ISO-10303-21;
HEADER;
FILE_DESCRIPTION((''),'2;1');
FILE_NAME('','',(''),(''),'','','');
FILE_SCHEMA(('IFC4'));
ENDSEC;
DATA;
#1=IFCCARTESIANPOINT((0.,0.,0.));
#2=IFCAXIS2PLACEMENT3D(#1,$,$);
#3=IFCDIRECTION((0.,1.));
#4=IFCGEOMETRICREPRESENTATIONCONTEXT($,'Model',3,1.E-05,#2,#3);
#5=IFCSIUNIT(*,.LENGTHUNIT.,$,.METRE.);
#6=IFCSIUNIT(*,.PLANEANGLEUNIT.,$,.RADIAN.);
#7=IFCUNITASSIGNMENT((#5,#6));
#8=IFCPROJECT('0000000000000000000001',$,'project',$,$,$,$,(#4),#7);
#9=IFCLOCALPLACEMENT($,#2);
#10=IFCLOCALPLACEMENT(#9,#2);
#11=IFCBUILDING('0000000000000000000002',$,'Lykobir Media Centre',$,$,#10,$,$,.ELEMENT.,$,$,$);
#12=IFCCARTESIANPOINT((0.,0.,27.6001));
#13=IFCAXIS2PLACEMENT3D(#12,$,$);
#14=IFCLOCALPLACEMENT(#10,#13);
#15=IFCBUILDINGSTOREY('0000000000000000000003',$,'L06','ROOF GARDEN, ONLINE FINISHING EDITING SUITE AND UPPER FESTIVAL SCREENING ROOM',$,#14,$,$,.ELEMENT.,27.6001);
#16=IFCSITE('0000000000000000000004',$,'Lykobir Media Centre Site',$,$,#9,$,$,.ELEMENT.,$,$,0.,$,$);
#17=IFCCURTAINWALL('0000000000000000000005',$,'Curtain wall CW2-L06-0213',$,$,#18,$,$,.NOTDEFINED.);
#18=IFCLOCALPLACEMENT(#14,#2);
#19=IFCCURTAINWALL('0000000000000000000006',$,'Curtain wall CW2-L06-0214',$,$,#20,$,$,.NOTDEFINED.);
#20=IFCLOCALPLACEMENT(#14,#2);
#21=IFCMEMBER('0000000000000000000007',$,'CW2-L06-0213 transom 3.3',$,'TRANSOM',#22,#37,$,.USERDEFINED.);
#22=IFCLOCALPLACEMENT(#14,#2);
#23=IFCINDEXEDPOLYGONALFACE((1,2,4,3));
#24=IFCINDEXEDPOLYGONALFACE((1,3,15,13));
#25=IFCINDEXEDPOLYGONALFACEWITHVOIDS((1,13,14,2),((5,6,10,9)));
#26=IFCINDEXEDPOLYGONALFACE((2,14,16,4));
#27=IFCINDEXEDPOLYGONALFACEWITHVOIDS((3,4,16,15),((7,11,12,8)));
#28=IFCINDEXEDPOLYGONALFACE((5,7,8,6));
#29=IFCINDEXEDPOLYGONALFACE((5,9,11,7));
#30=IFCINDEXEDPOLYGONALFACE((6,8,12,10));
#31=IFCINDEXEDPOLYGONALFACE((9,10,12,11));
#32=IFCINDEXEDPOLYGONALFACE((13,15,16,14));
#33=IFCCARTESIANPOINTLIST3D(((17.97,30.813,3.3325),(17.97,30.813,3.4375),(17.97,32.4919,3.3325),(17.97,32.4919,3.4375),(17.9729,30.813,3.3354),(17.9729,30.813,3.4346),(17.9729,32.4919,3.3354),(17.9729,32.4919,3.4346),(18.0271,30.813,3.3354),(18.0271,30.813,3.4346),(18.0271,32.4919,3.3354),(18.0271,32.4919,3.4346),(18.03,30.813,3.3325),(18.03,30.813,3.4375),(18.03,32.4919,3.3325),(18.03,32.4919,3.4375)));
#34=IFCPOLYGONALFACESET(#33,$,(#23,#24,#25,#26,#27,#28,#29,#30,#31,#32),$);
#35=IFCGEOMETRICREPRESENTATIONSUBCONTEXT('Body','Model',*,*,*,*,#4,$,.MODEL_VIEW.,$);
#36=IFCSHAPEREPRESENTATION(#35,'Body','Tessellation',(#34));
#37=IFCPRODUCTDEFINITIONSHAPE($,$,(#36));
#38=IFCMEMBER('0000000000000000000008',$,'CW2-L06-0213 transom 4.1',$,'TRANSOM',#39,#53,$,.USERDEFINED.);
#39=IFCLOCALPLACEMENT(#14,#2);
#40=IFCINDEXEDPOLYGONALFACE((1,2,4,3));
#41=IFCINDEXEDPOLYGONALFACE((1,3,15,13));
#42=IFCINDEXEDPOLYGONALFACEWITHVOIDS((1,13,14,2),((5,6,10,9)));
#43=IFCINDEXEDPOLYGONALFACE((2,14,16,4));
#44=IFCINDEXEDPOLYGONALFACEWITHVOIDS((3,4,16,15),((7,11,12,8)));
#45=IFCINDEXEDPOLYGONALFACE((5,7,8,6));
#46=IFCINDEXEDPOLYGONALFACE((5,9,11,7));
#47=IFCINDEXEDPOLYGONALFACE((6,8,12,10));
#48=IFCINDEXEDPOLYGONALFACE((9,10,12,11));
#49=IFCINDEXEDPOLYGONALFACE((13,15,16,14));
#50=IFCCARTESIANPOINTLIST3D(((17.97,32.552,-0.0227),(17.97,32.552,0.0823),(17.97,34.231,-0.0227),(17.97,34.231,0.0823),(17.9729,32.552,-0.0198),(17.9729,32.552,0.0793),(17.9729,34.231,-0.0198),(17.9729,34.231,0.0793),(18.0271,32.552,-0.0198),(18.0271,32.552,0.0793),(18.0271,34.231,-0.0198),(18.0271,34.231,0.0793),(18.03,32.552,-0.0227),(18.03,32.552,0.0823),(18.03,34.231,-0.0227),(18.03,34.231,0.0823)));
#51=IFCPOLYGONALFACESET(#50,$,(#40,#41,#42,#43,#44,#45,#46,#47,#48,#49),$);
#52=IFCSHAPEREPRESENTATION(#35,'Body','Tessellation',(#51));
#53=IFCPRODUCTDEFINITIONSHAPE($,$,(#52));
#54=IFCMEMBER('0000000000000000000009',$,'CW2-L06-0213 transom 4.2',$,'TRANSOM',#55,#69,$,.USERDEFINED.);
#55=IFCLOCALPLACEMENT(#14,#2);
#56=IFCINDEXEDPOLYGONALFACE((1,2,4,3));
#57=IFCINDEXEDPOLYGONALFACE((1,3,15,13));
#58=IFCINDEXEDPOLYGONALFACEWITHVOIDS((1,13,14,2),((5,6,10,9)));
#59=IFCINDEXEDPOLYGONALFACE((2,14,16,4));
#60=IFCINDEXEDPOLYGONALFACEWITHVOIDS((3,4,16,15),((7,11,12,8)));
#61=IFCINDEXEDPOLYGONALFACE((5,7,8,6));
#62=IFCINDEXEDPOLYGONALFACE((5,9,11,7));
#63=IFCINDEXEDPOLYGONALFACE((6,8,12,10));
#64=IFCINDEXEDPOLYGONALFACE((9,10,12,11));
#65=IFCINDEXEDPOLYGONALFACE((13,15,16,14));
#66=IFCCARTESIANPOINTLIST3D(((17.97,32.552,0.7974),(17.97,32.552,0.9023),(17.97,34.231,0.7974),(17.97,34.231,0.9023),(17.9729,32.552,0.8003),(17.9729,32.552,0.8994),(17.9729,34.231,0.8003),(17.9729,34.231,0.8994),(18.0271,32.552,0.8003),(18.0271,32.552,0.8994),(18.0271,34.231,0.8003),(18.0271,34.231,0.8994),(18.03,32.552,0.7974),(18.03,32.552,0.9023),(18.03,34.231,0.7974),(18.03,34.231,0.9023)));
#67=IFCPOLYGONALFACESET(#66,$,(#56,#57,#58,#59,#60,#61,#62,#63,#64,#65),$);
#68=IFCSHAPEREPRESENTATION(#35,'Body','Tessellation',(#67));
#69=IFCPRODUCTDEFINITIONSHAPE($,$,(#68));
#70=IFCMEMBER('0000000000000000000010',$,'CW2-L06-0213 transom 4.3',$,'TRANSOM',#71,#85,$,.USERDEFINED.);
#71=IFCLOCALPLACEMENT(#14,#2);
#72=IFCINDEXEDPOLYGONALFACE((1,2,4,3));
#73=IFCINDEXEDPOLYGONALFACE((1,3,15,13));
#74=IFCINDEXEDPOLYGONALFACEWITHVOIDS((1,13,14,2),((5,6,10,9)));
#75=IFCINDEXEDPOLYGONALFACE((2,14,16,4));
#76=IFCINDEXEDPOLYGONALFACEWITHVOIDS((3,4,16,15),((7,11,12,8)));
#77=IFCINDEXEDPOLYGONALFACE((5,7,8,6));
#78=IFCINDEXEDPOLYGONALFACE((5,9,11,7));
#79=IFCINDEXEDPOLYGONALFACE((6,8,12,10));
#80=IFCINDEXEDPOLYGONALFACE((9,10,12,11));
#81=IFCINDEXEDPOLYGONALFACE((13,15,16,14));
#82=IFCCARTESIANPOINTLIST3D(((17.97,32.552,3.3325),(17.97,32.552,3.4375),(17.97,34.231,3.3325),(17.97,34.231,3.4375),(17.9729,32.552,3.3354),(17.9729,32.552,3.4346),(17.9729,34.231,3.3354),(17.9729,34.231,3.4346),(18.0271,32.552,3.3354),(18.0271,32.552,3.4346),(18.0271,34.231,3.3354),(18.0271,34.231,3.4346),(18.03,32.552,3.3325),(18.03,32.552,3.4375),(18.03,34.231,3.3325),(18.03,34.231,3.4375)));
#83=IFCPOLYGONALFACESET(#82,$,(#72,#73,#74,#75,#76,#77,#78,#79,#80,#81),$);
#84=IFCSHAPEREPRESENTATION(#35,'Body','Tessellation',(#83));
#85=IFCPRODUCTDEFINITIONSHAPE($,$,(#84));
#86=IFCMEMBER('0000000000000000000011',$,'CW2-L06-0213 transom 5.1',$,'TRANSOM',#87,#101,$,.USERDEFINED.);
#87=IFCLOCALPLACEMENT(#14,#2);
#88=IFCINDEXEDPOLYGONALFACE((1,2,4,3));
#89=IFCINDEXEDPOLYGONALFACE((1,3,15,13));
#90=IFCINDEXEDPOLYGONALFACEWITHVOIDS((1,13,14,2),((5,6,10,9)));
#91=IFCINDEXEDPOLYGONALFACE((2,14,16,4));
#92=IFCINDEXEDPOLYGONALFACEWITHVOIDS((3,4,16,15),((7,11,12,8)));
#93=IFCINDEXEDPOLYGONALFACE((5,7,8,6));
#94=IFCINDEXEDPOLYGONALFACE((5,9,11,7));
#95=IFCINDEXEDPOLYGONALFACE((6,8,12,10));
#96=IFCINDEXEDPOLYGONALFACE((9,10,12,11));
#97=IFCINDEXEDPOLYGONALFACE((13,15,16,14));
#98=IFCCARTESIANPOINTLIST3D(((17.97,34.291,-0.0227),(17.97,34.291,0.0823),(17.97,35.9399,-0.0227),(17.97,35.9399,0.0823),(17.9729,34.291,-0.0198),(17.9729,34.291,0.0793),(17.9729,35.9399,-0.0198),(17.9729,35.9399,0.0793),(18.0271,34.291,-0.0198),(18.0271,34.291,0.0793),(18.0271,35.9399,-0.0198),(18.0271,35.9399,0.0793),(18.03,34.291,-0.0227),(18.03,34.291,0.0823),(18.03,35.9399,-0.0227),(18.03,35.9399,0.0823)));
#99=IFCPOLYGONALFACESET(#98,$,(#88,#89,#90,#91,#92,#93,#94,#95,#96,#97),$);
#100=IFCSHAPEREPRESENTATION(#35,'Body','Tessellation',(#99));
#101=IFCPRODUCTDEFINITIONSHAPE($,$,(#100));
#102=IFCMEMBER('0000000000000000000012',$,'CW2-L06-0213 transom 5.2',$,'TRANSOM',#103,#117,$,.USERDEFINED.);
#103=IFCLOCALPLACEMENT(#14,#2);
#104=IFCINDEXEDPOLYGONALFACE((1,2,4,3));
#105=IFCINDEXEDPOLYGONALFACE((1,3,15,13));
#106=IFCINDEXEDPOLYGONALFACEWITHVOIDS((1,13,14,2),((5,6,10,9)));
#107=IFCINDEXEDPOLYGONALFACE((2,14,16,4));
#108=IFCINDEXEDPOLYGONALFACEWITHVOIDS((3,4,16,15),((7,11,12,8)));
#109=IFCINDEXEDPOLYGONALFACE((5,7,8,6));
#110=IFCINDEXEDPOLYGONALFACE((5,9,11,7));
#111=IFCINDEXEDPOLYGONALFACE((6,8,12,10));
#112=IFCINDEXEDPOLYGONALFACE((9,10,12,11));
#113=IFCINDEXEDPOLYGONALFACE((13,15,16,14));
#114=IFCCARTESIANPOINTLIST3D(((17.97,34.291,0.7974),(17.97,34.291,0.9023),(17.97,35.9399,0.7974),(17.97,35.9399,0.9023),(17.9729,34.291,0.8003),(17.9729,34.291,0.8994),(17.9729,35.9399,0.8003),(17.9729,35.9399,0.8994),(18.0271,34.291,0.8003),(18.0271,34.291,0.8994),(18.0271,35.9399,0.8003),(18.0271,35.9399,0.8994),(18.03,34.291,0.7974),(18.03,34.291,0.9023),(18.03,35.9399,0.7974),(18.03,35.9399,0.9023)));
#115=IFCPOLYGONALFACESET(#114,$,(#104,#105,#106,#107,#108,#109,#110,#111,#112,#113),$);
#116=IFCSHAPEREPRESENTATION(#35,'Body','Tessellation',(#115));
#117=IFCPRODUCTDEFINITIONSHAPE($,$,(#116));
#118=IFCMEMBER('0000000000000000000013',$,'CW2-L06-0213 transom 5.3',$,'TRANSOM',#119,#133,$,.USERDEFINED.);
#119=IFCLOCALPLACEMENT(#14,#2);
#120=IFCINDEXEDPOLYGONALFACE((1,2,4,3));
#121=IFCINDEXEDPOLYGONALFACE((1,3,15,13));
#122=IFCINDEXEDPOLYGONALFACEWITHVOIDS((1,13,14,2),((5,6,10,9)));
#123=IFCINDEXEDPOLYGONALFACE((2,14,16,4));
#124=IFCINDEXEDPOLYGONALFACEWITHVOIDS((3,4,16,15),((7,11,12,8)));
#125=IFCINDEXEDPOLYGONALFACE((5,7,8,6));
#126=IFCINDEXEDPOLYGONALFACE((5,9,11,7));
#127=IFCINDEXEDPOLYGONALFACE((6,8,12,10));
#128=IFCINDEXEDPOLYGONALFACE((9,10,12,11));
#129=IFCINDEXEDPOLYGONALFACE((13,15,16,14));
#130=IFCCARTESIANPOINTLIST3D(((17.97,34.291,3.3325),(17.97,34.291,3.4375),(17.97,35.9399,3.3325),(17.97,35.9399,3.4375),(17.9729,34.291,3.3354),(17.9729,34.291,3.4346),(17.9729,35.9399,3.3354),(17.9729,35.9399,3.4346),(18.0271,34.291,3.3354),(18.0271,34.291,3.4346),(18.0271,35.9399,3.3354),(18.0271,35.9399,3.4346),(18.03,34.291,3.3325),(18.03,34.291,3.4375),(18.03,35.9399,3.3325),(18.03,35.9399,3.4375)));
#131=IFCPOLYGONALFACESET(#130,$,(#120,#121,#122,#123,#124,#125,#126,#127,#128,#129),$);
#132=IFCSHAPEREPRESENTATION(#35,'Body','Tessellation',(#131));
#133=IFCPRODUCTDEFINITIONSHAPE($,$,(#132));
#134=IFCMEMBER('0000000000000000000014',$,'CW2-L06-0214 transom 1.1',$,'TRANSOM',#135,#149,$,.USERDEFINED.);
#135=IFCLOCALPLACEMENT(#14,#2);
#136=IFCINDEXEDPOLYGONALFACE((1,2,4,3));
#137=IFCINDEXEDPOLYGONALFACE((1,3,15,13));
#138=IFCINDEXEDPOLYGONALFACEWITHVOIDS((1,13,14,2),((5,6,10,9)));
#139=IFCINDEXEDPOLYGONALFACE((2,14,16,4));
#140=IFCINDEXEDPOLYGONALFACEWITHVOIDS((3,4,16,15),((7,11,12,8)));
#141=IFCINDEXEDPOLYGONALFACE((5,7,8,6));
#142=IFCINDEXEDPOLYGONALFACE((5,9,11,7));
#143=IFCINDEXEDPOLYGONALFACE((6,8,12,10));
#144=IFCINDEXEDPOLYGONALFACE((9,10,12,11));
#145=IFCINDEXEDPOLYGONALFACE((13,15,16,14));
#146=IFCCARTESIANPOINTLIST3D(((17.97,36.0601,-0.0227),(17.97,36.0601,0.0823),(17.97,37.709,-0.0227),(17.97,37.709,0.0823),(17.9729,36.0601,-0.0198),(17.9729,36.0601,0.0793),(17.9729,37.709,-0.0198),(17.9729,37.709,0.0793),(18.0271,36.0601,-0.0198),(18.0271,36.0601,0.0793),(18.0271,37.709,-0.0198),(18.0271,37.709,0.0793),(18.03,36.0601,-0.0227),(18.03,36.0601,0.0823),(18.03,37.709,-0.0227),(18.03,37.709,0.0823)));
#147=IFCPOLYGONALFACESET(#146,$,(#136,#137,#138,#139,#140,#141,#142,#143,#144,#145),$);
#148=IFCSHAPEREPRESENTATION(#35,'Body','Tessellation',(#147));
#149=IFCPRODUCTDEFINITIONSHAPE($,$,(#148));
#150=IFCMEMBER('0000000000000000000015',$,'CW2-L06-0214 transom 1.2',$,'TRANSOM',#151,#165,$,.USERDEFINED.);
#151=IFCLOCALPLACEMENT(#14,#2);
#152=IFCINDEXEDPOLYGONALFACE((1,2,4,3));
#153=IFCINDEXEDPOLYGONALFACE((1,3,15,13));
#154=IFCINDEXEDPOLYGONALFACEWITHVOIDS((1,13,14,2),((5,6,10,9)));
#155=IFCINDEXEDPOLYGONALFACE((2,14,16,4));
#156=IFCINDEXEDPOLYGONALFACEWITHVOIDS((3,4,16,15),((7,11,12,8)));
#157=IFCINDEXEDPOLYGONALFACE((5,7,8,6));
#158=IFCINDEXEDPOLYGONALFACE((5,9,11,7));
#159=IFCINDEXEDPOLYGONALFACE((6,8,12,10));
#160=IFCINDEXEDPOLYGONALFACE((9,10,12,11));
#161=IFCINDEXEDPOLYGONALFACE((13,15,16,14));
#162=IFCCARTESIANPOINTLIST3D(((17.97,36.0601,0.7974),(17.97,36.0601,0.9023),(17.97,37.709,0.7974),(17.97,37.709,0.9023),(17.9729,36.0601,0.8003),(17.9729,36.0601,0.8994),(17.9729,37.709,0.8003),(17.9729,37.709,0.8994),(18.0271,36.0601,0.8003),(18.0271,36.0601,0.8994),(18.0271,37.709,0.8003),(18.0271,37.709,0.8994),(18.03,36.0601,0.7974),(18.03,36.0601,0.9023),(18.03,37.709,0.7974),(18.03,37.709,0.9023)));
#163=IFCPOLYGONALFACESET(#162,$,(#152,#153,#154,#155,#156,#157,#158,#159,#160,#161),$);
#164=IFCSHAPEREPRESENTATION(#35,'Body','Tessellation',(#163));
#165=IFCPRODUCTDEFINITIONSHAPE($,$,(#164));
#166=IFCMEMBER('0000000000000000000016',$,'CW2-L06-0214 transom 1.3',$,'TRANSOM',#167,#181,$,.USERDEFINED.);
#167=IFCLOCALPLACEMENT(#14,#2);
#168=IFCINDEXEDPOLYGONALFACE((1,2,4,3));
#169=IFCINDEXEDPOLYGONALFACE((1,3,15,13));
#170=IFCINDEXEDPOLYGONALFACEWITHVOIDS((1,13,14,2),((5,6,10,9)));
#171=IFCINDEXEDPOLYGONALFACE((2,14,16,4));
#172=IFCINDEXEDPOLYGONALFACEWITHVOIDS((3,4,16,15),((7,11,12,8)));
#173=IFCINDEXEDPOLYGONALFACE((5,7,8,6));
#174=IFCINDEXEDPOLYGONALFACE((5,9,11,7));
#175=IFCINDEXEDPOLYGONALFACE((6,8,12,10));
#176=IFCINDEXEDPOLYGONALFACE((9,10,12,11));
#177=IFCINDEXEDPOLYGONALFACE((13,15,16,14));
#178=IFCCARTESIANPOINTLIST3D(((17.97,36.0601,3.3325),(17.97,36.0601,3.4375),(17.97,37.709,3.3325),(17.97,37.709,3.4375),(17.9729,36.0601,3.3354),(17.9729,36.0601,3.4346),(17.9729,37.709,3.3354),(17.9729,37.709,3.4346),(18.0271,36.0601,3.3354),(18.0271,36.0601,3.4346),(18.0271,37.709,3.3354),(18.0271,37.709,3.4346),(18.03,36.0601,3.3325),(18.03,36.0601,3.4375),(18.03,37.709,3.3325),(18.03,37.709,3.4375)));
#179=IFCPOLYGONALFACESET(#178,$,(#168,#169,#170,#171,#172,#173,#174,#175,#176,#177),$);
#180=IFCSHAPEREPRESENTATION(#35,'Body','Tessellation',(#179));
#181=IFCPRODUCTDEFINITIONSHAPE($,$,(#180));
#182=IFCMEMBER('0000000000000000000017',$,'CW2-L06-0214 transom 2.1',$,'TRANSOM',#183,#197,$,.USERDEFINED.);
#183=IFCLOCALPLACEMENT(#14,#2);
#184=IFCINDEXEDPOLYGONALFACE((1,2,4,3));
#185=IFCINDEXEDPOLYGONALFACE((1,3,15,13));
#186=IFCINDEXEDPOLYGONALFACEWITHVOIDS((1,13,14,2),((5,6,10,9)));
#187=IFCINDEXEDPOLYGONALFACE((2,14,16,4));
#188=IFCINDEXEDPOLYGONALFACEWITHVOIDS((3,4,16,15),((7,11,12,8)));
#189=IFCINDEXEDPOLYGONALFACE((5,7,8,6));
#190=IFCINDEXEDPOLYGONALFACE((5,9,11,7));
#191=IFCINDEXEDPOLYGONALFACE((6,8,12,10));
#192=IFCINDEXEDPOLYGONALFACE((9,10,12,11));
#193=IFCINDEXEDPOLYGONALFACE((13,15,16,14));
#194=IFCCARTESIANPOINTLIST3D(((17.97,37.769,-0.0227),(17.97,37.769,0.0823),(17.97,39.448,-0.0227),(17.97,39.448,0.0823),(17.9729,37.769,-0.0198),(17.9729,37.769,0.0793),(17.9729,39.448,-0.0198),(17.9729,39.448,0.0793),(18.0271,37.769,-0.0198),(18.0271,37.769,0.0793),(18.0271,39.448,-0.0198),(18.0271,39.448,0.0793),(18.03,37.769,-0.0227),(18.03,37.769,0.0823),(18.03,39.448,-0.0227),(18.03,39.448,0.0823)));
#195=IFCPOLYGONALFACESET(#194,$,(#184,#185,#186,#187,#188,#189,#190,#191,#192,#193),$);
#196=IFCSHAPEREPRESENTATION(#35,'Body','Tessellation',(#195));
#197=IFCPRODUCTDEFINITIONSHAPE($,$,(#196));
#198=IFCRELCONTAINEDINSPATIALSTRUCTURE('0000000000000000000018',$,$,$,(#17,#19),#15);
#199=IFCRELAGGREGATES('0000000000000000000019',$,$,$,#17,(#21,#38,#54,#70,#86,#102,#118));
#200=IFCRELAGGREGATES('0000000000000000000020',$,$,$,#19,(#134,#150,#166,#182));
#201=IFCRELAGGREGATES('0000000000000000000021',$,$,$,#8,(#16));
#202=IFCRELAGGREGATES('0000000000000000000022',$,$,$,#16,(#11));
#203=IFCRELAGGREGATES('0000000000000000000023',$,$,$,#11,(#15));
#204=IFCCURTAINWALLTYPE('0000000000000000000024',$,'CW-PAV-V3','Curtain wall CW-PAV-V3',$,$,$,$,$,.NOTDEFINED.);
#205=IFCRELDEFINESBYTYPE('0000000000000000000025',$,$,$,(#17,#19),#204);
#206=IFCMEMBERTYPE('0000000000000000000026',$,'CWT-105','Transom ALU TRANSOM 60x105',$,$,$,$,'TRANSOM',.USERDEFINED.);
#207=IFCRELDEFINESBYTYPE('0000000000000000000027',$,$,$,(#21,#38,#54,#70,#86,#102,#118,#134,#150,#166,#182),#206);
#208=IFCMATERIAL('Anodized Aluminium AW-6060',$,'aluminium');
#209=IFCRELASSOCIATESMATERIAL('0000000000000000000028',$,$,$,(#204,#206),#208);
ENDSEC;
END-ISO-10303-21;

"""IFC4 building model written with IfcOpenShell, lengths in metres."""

from ifc_helpers import new_model, si_unit, direction, frame, origin, origin_2d, place, context, subcontext, project, spatial, hollow_rectangle, extrude, material, material_profile, profile_set, type_object, element, aggregate, save


model = new_model("IFC4")

# Units and contexts
model_context = context("Model", 3, precision=1e-05, world=origin(), true_north=direction((0.0, 1.0)))
body_context = subcontext(model_context, "Body", "Model", "MODEL_VIEW")
ifc_project = project(units=[si_unit("LENGTHUNIT", "METRE"), si_unit("PLANEANGLEUNIT", "RADIAN")], contexts=[model_context])

# Site, building, storey
site_placement = place(None, origin())
site = spatial("IfcSite", under=ifc_project, at=site_placement, Name="Lykobir Media Centre Site", CompositionType="ELEMENT", RefElevation=0.0)
building_placement = place(site_placement, origin())
building = spatial("IfcBuilding", under=site, at=building_placement, Name="Lykobir Media Centre", CompositionType="ELEMENT")
storey_placement = place(building_placement, frame((0.0, 0.0, 27.6001)))
storey = spatial("IfcBuildingStorey", under=building, at=storey_placement, Name="L06", Description="ROOF GARDEN, ONLINE FINISHING EDITING SUITE AND UPPER FESTIVAL SCREENING ROOM", CompositionType="ELEMENT", Elevation=27.6001)

# Curtain walls
ifc_material_1 = material(Name="Anodized Aluminium AW-6060", Category="aluminium")
curtain_wall_type = type_object("IfcCurtainWallType", Name="CW-PAV-V3", Description="Curtain wall CW-PAV-V3", PredefinedType="NOTDEFINED", material=ifc_material_1)
curtain_wall_1_placement = place(storey_placement, origin())
curtain_wall_1 = element("IfcCurtainWall", 1, at=curtain_wall_1_placement, inside=storey, type_object=curtain_wall_type, Name="Curtain wall CW2-L06-0213", PredefinedType="NOTDEFINED")
curtain_wall_2_placement = place(storey_placement, origin())
curtain_wall_2 = element("IfcCurtainWall", 2, at=curtain_wall_2_placement, inside=storey, type_object=curtain_wall_type, Name="Curtain wall CW2-L06-0214", PredefinedType="NOTDEFINED")

# Members
ifc_material_profile_1 = material_profile(ifc_material_1, hollow_rectangle(XDim=0.0601, YDim=0.105, WallThickness=0.0029, at=origin_2d()), Name="ALU TRANSOM 60x105")
ifc_profile_set_1 = profile_set([ifc_material_profile_1], Name="Anodized Aluminium AW-6060")
member_type_1 = type_object("IfcMemberType", Name="CWT-105", Description="Transom ALU TRANSOM 60x105", ElementType="TRANSOM", PredefinedType="USERDEFINED", material=ifc_profile_set_1)
member_1_placement = place(storey_placement, frame((18.0, 30.813, 3.385), z_axis=(0.0, 1.0, 0.0), x_axis=(-1.0, 0.0, 0.0)))
member_1 = element("IfcMember", 3, at=member_1_placement, type_object=member_type_1, Name="CW2-L06-0213 transom 3.3", ObjectType="TRANSOM", PredefinedType="USERDEFINED", context=body_context, shape_type="SweptSolid", body=[
    extrude(hollow_rectangle(XDim=0.0601, YDim=0.105, WallThickness=0.0029, at=origin_2d()), origin(), (0.0, 0.0, 1.0), 1.679),
])
member_2_placement = place(storey_placement, frame((18.0, 32.552, 0.0298), z_axis=(0.0, 1.0, 0.0), x_axis=(-1.0, 0.0, 0.0)))
member_2 = element("IfcMember", 4, at=member_2_placement, type_object=member_type_1, Name="CW2-L06-0213 transom 4.1", ObjectType="TRANSOM", PredefinedType="USERDEFINED", context=body_context, shape_type="SweptSolid", body=[
    extrude(hollow_rectangle(XDim=0.0601, YDim=0.105, WallThickness=0.0029, at=origin_2d()), origin(), (0.0, 0.0, 1.0), 1.679),
])
member_3_placement = place(storey_placement, frame((18.0, 32.552, 0.8499), z_axis=(0.0, 1.0, 0.0), x_axis=(-1.0, 0.0, 0.0)))
member_3 = element("IfcMember", 5, at=member_3_placement, type_object=member_type_1, Name="CW2-L06-0213 transom 4.2", ObjectType="TRANSOM", PredefinedType="USERDEFINED", context=body_context, shape_type="SweptSolid", body=[
    extrude(hollow_rectangle(XDim=0.0601, YDim=0.105, WallThickness=0.0029, at=origin_2d()), origin(), (0.0, 0.0, 1.0), 1.679),
])
member_4_placement = place(storey_placement, frame((18.0, 32.552, 3.385), z_axis=(0.0, 1.0, 0.0), x_axis=(-1.0, 0.0, 0.0)))
member_4 = element("IfcMember", 6, at=member_4_placement, type_object=member_type_1, Name="CW2-L06-0213 transom 4.3", ObjectType="TRANSOM", PredefinedType="USERDEFINED", context=body_context, shape_type="SweptSolid", body=[
    extrude(hollow_rectangle(XDim=0.0601, YDim=0.105, WallThickness=0.0029, at=origin_2d()), origin(), (0.0, 0.0, 1.0), 1.679),
])
member_5_placement = place(storey_placement, frame((18.0, 34.291, 0.0298), z_axis=(0.0, 1.0, 0.0), x_axis=(-1.0, 0.0, 0.0)))
member_5 = element("IfcMember", 7, at=member_5_placement, type_object=member_type_1, Name="CW2-L06-0213 transom 5.1", ObjectType="TRANSOM", PredefinedType="USERDEFINED", context=body_context, shape_type="SweptSolid", body=[
    extrude(hollow_rectangle(XDim=0.0601, YDim=0.105, WallThickness=0.0029, at=origin_2d()), origin(), (0.0, 0.0, 1.0), 1.6489),
])
member_6_placement = place(storey_placement, frame((18.0, 34.291, 0.8499), z_axis=(0.0, 1.0, 0.0), x_axis=(-1.0, 0.0, 0.0)))
member_6 = element("IfcMember", 8, at=member_6_placement, type_object=member_type_1, Name="CW2-L06-0213 transom 5.2", ObjectType="TRANSOM", PredefinedType="USERDEFINED", context=body_context, shape_type="SweptSolid", body=[
    extrude(hollow_rectangle(XDim=0.0601, YDim=0.105, WallThickness=0.0029, at=origin_2d()), origin(), (0.0, 0.0, 1.0), 1.6489),
])
member_7_placement = place(storey_placement, frame((18.0, 34.291, 3.385), z_axis=(0.0, 1.0, 0.0), x_axis=(-1.0, 0.0, 0.0)))
member_7 = element("IfcMember", 9, at=member_7_placement, type_object=member_type_1, Name="CW2-L06-0213 transom 5.3", ObjectType="TRANSOM", PredefinedType="USERDEFINED", context=body_context, shape_type="SweptSolid", body=[
    extrude(hollow_rectangle(XDim=0.0601, YDim=0.105, WallThickness=0.0029, at=origin_2d()), origin(), (0.0, 0.0, 1.0), 1.6489),
])
member_8_placement = place(storey_placement, frame((18.0, 36.0601, 0.0298), z_axis=(0.0, 1.0, 0.0), x_axis=(-1.0, 0.0, 0.0)))
member_8 = element("IfcMember", 10, at=member_8_placement, type_object=member_type_1, Name="CW2-L06-0214 transom 1.1", ObjectType="TRANSOM", PredefinedType="USERDEFINED", context=body_context, shape_type="SweptSolid", body=[
    extrude(hollow_rectangle(XDim=0.0601, YDim=0.105, WallThickness=0.0029, at=origin_2d()), origin(), (0.0, 0.0, 1.0), 1.6489),
])
member_9_placement = place(storey_placement, frame((18.0, 36.0601, 0.8499), z_axis=(0.0, 1.0, 0.0), x_axis=(-1.0, 0.0, 0.0)))
member_9 = element("IfcMember", 11, at=member_9_placement, type_object=member_type_1, Name="CW2-L06-0214 transom 1.2", ObjectType="TRANSOM", PredefinedType="USERDEFINED", context=body_context, shape_type="SweptSolid", body=[
    extrude(hollow_rectangle(XDim=0.0601, YDim=0.105, WallThickness=0.0029, at=origin_2d()), origin(), (0.0, 0.0, 1.0), 1.6489),
])
member_10_placement = place(storey_placement, frame((18.0, 36.0601, 3.385), z_axis=(0.0, 1.0, 0.0), x_axis=(-1.0, 0.0, 0.0)))
member_10 = element("IfcMember", 12, at=member_10_placement, type_object=member_type_1, Name="CW2-L06-0214 transom 1.3", ObjectType="TRANSOM", PredefinedType="USERDEFINED", context=body_context, shape_type="SweptSolid", body=[
    extrude(hollow_rectangle(XDim=0.0601, YDim=0.105, WallThickness=0.0029, at=origin_2d()), origin(), (0.0, 0.0, 1.0), 1.6489),
])
member_11_placement = place(storey_placement, frame((18.0, 37.769, 0.0298), z_axis=(0.0, 1.0, 0.0), x_axis=(-1.0, 0.0, 0.0)))
member_11 = element("IfcMember", 13, at=member_11_placement, type_object=member_type_1, Name="CW2-L06-0214 transom 2.1", ObjectType="TRANSOM", PredefinedType="USERDEFINED", context=body_context, shape_type="SweptSolid", body=[
    extrude(hollow_rectangle(XDim=0.0601, YDim=0.105, WallThickness=0.0029, at=origin_2d()), origin(), (0.0, 0.0, 1.0), 1.679),
])

aggregate(curtain_wall_1, [member_1, member_2, member_3, member_4, member_5, member_6, member_7])
aggregate(curtain_wall_2, [member_8, member_9, member_10, member_11])

save(model, "model.ifc")
